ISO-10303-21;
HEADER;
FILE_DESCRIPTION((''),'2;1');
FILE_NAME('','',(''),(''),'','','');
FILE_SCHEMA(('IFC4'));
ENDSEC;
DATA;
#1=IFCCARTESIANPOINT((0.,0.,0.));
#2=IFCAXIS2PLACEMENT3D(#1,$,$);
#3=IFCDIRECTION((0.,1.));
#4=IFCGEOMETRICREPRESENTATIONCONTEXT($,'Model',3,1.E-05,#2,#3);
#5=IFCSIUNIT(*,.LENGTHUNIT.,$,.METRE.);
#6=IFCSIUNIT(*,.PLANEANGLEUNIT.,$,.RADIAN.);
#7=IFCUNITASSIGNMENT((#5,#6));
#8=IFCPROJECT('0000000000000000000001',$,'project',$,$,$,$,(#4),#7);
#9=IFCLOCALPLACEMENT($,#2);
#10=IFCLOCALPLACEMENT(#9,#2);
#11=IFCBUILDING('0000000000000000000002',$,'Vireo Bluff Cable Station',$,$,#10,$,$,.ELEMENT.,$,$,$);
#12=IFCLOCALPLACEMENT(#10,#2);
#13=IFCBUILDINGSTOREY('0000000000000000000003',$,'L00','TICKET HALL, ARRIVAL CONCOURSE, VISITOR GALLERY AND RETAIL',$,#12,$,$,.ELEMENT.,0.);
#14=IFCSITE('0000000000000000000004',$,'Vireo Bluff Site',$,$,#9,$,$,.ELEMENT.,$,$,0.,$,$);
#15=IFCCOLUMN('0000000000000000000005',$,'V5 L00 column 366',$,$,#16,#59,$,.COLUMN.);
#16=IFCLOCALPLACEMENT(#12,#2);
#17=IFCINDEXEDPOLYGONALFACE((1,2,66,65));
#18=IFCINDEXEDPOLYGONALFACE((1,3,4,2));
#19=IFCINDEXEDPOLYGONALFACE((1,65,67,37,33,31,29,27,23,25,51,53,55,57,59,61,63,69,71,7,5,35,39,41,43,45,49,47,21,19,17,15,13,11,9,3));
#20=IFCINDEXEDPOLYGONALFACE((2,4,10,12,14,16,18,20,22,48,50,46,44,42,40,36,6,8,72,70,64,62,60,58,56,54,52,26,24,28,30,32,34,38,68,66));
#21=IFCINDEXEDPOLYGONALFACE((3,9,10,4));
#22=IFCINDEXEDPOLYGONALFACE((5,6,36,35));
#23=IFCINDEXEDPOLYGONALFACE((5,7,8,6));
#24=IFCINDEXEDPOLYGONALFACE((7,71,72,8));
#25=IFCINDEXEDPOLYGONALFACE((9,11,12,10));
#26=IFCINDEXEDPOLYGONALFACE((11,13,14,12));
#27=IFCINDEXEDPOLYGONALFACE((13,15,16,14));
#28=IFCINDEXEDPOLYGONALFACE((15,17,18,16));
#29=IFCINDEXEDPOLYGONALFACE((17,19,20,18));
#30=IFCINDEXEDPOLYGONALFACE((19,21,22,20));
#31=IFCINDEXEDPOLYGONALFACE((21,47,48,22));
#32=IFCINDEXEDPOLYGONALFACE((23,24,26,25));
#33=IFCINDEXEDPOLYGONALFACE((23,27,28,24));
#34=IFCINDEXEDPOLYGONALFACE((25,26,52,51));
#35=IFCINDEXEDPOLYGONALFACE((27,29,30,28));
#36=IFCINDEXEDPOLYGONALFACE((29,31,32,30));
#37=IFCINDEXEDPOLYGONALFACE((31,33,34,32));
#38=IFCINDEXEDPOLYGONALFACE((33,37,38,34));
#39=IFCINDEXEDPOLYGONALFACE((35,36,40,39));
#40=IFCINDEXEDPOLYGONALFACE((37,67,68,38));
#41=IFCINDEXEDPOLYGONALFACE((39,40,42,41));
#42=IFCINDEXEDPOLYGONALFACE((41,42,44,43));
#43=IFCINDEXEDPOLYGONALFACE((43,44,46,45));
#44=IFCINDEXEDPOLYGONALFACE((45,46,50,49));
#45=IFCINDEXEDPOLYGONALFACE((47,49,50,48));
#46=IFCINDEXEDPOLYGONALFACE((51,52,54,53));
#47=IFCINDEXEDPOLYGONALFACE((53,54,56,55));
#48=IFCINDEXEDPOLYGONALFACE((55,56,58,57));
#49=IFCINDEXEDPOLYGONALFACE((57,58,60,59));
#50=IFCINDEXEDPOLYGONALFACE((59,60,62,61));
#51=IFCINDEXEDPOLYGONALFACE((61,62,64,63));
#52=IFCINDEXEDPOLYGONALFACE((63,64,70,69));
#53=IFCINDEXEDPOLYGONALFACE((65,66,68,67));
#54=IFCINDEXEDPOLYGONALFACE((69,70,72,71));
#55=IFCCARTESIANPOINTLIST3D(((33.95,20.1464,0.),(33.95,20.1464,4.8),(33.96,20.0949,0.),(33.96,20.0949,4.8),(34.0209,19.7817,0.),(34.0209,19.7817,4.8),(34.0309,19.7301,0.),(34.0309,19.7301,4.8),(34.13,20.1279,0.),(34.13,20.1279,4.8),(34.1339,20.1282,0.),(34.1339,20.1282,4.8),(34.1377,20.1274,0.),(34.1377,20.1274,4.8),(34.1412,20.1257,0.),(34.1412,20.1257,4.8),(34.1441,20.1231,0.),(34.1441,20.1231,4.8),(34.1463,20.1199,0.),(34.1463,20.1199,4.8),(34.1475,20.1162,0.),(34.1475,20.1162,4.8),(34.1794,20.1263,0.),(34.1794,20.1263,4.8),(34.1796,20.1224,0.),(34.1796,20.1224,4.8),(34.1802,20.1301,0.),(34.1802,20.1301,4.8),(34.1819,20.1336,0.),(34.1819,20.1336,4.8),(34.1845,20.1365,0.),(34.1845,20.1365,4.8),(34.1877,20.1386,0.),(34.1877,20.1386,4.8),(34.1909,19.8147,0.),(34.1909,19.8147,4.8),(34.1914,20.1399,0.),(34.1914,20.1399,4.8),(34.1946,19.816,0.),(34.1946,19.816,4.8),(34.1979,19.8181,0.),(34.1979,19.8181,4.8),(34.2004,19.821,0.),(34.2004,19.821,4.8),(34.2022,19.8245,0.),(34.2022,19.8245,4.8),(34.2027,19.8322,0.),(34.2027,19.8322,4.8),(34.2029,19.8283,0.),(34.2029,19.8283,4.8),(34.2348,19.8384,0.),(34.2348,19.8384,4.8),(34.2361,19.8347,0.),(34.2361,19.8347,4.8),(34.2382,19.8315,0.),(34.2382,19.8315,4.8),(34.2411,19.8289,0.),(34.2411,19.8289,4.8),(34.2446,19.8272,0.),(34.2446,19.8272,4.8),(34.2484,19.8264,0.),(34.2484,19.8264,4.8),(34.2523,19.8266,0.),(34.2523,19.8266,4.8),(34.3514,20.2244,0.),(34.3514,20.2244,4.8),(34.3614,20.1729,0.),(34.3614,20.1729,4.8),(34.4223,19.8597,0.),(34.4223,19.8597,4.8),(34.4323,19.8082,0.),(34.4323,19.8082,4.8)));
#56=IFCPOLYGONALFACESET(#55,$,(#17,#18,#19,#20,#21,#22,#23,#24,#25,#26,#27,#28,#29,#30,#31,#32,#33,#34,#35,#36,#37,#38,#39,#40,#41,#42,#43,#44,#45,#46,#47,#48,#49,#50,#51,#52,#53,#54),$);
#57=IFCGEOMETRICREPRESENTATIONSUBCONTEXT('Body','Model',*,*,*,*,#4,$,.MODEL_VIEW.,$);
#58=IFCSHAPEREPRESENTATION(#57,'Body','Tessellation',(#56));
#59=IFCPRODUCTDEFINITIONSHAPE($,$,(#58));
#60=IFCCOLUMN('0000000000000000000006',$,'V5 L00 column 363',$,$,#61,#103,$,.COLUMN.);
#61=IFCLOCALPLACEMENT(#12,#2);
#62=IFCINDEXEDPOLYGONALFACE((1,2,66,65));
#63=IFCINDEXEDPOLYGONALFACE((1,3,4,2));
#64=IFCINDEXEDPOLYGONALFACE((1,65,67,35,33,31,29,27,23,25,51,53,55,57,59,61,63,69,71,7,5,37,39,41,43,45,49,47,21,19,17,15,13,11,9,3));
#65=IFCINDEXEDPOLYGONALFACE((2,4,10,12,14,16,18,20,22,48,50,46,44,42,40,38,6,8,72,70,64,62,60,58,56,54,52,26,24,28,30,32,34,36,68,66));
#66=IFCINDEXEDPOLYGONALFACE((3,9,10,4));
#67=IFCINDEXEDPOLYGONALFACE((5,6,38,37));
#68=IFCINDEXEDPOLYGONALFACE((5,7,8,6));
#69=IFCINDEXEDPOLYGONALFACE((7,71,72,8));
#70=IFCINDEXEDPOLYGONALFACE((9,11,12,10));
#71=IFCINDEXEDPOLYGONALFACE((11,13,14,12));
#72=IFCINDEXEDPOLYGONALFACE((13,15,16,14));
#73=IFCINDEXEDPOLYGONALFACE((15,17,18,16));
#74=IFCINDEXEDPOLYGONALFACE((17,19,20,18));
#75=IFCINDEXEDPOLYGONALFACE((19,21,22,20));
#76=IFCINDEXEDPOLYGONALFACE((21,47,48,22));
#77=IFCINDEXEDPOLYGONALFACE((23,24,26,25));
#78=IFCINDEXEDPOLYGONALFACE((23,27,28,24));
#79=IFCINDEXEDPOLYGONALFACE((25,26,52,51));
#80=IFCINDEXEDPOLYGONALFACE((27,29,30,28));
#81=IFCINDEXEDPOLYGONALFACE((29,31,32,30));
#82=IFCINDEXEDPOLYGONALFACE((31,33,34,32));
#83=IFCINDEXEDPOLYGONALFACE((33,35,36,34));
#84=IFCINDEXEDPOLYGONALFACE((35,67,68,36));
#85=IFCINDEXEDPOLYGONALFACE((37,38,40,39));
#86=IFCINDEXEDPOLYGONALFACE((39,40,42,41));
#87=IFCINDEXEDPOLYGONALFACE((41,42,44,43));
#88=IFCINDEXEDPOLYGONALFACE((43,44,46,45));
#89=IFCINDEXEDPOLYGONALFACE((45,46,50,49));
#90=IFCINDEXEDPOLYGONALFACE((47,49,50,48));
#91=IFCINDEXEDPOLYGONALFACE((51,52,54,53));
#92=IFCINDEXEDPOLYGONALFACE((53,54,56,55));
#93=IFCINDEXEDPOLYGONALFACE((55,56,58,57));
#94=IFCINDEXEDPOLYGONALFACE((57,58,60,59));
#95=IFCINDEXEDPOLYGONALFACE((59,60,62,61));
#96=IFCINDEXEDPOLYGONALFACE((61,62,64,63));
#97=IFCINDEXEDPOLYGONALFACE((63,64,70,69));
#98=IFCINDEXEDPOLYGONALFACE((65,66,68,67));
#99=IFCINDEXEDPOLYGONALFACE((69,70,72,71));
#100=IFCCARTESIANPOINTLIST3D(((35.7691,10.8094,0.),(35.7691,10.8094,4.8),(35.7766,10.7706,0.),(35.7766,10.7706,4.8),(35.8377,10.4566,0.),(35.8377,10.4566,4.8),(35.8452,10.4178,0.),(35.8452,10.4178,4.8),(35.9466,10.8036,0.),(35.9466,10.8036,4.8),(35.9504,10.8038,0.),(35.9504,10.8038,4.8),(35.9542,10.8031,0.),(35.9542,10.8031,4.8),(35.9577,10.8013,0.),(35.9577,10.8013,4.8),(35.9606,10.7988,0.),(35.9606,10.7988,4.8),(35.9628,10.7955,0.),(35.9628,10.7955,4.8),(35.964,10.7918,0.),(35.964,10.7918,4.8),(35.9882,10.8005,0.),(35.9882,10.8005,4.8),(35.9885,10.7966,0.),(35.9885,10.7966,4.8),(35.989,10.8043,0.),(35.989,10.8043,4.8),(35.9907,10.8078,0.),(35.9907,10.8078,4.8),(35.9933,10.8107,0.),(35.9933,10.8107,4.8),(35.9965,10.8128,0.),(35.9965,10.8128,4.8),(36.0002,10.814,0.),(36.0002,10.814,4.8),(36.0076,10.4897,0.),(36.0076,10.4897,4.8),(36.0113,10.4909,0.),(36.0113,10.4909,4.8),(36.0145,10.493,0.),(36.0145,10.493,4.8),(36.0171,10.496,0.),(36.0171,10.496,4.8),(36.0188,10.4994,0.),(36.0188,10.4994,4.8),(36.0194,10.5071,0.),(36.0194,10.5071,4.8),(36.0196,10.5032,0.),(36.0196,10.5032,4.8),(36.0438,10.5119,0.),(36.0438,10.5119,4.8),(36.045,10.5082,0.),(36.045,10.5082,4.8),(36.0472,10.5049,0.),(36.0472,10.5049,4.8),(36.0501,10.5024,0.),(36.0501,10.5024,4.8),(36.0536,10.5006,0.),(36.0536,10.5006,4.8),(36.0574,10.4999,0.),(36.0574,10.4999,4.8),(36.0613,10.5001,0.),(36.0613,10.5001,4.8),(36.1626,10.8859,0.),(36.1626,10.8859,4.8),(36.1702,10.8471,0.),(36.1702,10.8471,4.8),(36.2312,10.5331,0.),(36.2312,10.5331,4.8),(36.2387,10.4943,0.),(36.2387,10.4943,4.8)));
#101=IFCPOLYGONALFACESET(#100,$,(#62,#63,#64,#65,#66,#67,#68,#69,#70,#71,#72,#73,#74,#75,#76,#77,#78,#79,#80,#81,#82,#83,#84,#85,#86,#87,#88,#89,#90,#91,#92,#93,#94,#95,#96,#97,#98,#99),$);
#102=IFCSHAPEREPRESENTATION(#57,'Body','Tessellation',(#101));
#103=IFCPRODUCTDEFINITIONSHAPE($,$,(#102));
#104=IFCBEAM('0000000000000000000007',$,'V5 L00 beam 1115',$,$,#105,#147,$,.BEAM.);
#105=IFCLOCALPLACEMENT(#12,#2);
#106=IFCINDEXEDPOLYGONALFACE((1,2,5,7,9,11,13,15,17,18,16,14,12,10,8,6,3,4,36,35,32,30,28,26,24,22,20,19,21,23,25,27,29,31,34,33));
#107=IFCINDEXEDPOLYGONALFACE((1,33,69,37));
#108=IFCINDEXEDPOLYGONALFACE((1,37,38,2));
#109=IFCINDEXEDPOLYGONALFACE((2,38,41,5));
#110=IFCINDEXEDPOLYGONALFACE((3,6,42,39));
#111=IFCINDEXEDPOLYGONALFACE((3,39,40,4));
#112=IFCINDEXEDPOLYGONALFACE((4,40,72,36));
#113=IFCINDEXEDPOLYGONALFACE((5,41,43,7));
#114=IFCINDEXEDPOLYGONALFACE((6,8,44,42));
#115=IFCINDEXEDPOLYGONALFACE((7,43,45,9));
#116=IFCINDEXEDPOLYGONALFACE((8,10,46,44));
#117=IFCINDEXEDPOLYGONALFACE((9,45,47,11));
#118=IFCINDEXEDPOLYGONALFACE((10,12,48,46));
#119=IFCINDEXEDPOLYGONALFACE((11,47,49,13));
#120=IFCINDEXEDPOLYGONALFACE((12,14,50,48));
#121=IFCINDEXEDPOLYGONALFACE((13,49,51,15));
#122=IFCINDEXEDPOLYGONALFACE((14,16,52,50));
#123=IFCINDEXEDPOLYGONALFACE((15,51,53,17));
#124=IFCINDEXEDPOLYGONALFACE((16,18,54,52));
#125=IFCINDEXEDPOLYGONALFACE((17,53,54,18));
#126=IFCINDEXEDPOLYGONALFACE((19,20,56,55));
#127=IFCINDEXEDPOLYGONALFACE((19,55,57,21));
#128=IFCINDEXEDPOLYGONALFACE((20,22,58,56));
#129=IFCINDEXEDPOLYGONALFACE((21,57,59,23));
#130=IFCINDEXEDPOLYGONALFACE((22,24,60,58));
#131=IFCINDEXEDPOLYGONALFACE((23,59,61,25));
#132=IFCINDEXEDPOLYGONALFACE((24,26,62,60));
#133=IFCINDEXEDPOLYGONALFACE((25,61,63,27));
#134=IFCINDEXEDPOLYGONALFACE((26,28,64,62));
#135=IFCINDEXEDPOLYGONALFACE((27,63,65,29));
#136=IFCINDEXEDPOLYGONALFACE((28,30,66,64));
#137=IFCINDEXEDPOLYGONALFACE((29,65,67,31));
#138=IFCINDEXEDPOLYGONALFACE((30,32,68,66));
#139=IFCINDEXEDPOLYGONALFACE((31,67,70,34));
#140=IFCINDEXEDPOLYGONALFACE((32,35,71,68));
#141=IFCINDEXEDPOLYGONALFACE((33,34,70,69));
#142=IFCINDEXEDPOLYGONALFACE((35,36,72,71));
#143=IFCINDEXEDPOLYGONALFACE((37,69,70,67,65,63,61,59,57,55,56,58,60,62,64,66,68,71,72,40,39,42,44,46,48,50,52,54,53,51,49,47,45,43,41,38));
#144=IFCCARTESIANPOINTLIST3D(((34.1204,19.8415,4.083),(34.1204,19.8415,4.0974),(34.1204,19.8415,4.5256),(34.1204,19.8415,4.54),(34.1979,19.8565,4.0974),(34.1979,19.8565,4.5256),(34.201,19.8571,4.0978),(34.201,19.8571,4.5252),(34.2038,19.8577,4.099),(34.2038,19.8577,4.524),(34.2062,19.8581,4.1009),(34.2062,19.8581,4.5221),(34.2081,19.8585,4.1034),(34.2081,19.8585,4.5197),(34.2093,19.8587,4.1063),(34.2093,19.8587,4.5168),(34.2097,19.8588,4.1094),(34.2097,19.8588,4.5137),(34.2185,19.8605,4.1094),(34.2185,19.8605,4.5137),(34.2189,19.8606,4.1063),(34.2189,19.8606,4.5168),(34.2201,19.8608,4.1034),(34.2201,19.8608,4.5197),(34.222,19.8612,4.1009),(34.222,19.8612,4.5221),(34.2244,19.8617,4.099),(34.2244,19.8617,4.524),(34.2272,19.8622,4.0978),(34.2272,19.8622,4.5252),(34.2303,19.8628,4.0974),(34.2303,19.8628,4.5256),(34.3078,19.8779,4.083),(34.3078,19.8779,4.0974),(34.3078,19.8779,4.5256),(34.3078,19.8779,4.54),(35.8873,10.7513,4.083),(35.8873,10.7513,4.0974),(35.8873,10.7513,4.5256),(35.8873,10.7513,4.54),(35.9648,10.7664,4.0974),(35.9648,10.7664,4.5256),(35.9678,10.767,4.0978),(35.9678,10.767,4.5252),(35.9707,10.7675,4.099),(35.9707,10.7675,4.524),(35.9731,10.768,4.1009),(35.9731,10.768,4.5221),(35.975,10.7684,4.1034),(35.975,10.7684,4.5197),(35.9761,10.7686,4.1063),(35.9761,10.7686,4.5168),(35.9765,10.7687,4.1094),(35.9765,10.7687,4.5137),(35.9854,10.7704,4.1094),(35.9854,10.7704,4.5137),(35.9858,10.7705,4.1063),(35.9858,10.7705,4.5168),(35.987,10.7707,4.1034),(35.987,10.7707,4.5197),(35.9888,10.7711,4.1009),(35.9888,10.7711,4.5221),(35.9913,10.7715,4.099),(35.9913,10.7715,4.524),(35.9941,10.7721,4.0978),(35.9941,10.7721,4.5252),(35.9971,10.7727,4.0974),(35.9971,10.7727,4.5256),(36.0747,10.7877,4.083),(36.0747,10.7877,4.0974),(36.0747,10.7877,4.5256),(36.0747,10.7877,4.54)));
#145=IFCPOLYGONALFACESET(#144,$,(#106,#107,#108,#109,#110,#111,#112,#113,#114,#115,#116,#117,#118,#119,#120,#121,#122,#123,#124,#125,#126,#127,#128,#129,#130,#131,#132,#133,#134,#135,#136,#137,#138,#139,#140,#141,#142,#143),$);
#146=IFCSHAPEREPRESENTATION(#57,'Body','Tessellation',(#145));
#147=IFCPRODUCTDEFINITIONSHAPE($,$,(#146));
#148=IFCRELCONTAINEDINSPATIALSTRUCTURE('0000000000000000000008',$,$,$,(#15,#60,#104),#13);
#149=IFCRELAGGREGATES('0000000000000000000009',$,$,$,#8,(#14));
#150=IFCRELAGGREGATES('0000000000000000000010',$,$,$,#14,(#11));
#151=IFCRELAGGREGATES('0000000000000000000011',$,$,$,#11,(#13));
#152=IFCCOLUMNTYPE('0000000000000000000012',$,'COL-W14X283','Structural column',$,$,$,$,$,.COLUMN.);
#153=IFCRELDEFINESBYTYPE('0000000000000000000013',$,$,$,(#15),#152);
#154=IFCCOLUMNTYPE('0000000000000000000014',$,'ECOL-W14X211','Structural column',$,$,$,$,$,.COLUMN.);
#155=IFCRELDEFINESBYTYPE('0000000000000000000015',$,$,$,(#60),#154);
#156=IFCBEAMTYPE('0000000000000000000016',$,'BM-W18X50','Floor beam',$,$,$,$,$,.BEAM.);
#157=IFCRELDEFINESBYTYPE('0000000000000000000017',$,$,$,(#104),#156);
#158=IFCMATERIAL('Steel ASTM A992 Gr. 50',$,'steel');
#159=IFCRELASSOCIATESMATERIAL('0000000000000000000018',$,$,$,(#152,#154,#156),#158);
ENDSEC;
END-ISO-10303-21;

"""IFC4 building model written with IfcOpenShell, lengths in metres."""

from ifc_helpers import new_model, si_unit, direction, frame, origin, origin_2d, place, context, subcontext, project, spatial, i_section, extrude, material, material_profile, profile_set, type_object, element, save


model = new_model("IFC4")

# Units and contexts
model_context = context("Model", 3, precision=1e-05, world=origin(), true_north=direction((0.0, 1.0)))
body_context = subcontext(model_context, "Body", "Model", "MODEL_VIEW")
ifc_project = project(units=[si_unit("LENGTHUNIT", "METRE"), si_unit("PLANEANGLEUNIT", "RADIAN")], contexts=[model_context])

# Site, building, storey
site_placement = place(None, origin())
site = spatial("IfcSite", under=ifc_project, at=site_placement, Name="Vireo Bluff Site", CompositionType="ELEMENT", RefElevation=0.0)
building_placement = place(site_placement, origin())
building = spatial("IfcBuilding", under=site, at=building_placement, Name="Vireo Bluff Cable Station", CompositionType="ELEMENT")
storey_placement = place(building_placement, origin())
storey = spatial("IfcBuildingStorey", under=building, at=storey_placement, Name="L00", Description="TICKET HALL, ARRIVAL CONCOURSE, VISITOR GALLERY AND RETAIL", CompositionType="ELEMENT", Elevation=0.0)

# Columns
ifc_material_1 = material(Name="Steel ASTM A992 Gr. 50", Category="steel")
ifc_material_profile_1 = material_profile(ifc_material_1, i_section(OverallWidth=0.4089, OverallDepth=0.4241, WebThickness=0.0327, FlangeThickness=0.0525, FilletRadius=0.0149, at=origin_2d()), Name="W14X283")
ifc_profile_set_1 = profile_set([ifc_material_profile_1], Name="Steel ASTM A992 Gr. 50")
column_type_1 = type_object("IfcColumnType", Name="COL-W14X283", Description="Structural column", PredefinedType="COLUMN", material=ifc_profile_set_1)
column_1_placement = place(storey_placement, frame((34.1912, 19.9773, 0.0), z_axis=(0.0, 0.0, 1.0), x_axis=(0.981627, 0.190809, 0.0)))
element("IfcColumn", 1, at=column_1_placement, inside=storey, type_object=column_type_1, Name="V5 L00 column 366", PredefinedType="COLUMN", context=body_context, shape_type="SweptSolid", body=[
    extrude(i_section(OverallWidth=0.4089, OverallDepth=0.4241, WebThickness=0.0327, FlangeThickness=0.0525, FilletRadius=0.0149, at=origin_2d()), origin(), (0.0, 0.0, 1.0), 4.8),
])
ifc_material_profile_2 = material_profile(ifc_material_1, i_section(OverallWidth=0.4009, OverallDepth=0.3989, WebThickness=0.0249, FlangeThickness=0.0396, FilletRadius=0.0149, at=origin_2d()), Name="W14X211")
ifc_profile_set_2 = profile_set([ifc_material_profile_2], Name="Steel ASTM A992 Gr. 50")
column_type_2 = type_object("IfcColumnType", Name="ECOL-W14X211", Description="Structural column", PredefinedType="COLUMN", material=ifc_profile_set_2)
column_2_placement = place(storey_placement, frame((36.0039, 10.6519, 0.0), z_axis=(0.0, 0.0, 1.0), x_axis=(0.981627, 0.190809, 0.0)))
element("IfcColumn", 2, at=column_2_placement, inside=storey, type_object=column_type_2, Name="V5 L00 column 363", PredefinedType="COLUMN", context=body_context, shape_type="SweptSolid", body=[
    extrude(i_section(OverallWidth=0.4009, OverallDepth=0.3989, WebThickness=0.0249, FlangeThickness=0.0396, FilletRadius=0.0149, at=origin_2d()), origin(), (0.0, 0.0, 1.0), 4.8),
])

# Beam
ifc_material_profile_3 = material_profile(ifc_material_1, i_section(OverallWidth=0.1909, OverallDepth=0.457, WebThickness=0.009, FlangeThickness=0.0144, FilletRadius=0.012, at=origin_2d()), Name="W18X50")
ifc_profile_set_3 = profile_set([ifc_material_profile_3], Name="Steel ASTM A992 Gr. 50")
beam_type_1 = type_object("IfcBeamType", Name="BM-W18X50", Description="Floor beam", PredefinedType="BEAM", material=ifc_profile_set_3)
beam_1_placement = place(storey_placement, frame((35.981, 10.7695, 4.3115), z_axis=(-0.1908, 0.981629, 0.0), x_axis=(-0.981629, -0.1908, 0.0)))
element("IfcBeam", 3, at=beam_1_placement, inside=storey, type_object=beam_type_1, Name="V5 L00 beam 1115", PredefinedType="BEAM", context=body_context, shape_type="SweptSolid", body=[
    extrude(i_section(OverallWidth=0.1909, OverallDepth=0.457, WebThickness=0.009, FlangeThickness=0.0144, FilletRadius=0.012, at=origin_2d()), origin(), (0.0, 0.0, 1.0), 9.2603),
])

save(model, "model.ifc")
